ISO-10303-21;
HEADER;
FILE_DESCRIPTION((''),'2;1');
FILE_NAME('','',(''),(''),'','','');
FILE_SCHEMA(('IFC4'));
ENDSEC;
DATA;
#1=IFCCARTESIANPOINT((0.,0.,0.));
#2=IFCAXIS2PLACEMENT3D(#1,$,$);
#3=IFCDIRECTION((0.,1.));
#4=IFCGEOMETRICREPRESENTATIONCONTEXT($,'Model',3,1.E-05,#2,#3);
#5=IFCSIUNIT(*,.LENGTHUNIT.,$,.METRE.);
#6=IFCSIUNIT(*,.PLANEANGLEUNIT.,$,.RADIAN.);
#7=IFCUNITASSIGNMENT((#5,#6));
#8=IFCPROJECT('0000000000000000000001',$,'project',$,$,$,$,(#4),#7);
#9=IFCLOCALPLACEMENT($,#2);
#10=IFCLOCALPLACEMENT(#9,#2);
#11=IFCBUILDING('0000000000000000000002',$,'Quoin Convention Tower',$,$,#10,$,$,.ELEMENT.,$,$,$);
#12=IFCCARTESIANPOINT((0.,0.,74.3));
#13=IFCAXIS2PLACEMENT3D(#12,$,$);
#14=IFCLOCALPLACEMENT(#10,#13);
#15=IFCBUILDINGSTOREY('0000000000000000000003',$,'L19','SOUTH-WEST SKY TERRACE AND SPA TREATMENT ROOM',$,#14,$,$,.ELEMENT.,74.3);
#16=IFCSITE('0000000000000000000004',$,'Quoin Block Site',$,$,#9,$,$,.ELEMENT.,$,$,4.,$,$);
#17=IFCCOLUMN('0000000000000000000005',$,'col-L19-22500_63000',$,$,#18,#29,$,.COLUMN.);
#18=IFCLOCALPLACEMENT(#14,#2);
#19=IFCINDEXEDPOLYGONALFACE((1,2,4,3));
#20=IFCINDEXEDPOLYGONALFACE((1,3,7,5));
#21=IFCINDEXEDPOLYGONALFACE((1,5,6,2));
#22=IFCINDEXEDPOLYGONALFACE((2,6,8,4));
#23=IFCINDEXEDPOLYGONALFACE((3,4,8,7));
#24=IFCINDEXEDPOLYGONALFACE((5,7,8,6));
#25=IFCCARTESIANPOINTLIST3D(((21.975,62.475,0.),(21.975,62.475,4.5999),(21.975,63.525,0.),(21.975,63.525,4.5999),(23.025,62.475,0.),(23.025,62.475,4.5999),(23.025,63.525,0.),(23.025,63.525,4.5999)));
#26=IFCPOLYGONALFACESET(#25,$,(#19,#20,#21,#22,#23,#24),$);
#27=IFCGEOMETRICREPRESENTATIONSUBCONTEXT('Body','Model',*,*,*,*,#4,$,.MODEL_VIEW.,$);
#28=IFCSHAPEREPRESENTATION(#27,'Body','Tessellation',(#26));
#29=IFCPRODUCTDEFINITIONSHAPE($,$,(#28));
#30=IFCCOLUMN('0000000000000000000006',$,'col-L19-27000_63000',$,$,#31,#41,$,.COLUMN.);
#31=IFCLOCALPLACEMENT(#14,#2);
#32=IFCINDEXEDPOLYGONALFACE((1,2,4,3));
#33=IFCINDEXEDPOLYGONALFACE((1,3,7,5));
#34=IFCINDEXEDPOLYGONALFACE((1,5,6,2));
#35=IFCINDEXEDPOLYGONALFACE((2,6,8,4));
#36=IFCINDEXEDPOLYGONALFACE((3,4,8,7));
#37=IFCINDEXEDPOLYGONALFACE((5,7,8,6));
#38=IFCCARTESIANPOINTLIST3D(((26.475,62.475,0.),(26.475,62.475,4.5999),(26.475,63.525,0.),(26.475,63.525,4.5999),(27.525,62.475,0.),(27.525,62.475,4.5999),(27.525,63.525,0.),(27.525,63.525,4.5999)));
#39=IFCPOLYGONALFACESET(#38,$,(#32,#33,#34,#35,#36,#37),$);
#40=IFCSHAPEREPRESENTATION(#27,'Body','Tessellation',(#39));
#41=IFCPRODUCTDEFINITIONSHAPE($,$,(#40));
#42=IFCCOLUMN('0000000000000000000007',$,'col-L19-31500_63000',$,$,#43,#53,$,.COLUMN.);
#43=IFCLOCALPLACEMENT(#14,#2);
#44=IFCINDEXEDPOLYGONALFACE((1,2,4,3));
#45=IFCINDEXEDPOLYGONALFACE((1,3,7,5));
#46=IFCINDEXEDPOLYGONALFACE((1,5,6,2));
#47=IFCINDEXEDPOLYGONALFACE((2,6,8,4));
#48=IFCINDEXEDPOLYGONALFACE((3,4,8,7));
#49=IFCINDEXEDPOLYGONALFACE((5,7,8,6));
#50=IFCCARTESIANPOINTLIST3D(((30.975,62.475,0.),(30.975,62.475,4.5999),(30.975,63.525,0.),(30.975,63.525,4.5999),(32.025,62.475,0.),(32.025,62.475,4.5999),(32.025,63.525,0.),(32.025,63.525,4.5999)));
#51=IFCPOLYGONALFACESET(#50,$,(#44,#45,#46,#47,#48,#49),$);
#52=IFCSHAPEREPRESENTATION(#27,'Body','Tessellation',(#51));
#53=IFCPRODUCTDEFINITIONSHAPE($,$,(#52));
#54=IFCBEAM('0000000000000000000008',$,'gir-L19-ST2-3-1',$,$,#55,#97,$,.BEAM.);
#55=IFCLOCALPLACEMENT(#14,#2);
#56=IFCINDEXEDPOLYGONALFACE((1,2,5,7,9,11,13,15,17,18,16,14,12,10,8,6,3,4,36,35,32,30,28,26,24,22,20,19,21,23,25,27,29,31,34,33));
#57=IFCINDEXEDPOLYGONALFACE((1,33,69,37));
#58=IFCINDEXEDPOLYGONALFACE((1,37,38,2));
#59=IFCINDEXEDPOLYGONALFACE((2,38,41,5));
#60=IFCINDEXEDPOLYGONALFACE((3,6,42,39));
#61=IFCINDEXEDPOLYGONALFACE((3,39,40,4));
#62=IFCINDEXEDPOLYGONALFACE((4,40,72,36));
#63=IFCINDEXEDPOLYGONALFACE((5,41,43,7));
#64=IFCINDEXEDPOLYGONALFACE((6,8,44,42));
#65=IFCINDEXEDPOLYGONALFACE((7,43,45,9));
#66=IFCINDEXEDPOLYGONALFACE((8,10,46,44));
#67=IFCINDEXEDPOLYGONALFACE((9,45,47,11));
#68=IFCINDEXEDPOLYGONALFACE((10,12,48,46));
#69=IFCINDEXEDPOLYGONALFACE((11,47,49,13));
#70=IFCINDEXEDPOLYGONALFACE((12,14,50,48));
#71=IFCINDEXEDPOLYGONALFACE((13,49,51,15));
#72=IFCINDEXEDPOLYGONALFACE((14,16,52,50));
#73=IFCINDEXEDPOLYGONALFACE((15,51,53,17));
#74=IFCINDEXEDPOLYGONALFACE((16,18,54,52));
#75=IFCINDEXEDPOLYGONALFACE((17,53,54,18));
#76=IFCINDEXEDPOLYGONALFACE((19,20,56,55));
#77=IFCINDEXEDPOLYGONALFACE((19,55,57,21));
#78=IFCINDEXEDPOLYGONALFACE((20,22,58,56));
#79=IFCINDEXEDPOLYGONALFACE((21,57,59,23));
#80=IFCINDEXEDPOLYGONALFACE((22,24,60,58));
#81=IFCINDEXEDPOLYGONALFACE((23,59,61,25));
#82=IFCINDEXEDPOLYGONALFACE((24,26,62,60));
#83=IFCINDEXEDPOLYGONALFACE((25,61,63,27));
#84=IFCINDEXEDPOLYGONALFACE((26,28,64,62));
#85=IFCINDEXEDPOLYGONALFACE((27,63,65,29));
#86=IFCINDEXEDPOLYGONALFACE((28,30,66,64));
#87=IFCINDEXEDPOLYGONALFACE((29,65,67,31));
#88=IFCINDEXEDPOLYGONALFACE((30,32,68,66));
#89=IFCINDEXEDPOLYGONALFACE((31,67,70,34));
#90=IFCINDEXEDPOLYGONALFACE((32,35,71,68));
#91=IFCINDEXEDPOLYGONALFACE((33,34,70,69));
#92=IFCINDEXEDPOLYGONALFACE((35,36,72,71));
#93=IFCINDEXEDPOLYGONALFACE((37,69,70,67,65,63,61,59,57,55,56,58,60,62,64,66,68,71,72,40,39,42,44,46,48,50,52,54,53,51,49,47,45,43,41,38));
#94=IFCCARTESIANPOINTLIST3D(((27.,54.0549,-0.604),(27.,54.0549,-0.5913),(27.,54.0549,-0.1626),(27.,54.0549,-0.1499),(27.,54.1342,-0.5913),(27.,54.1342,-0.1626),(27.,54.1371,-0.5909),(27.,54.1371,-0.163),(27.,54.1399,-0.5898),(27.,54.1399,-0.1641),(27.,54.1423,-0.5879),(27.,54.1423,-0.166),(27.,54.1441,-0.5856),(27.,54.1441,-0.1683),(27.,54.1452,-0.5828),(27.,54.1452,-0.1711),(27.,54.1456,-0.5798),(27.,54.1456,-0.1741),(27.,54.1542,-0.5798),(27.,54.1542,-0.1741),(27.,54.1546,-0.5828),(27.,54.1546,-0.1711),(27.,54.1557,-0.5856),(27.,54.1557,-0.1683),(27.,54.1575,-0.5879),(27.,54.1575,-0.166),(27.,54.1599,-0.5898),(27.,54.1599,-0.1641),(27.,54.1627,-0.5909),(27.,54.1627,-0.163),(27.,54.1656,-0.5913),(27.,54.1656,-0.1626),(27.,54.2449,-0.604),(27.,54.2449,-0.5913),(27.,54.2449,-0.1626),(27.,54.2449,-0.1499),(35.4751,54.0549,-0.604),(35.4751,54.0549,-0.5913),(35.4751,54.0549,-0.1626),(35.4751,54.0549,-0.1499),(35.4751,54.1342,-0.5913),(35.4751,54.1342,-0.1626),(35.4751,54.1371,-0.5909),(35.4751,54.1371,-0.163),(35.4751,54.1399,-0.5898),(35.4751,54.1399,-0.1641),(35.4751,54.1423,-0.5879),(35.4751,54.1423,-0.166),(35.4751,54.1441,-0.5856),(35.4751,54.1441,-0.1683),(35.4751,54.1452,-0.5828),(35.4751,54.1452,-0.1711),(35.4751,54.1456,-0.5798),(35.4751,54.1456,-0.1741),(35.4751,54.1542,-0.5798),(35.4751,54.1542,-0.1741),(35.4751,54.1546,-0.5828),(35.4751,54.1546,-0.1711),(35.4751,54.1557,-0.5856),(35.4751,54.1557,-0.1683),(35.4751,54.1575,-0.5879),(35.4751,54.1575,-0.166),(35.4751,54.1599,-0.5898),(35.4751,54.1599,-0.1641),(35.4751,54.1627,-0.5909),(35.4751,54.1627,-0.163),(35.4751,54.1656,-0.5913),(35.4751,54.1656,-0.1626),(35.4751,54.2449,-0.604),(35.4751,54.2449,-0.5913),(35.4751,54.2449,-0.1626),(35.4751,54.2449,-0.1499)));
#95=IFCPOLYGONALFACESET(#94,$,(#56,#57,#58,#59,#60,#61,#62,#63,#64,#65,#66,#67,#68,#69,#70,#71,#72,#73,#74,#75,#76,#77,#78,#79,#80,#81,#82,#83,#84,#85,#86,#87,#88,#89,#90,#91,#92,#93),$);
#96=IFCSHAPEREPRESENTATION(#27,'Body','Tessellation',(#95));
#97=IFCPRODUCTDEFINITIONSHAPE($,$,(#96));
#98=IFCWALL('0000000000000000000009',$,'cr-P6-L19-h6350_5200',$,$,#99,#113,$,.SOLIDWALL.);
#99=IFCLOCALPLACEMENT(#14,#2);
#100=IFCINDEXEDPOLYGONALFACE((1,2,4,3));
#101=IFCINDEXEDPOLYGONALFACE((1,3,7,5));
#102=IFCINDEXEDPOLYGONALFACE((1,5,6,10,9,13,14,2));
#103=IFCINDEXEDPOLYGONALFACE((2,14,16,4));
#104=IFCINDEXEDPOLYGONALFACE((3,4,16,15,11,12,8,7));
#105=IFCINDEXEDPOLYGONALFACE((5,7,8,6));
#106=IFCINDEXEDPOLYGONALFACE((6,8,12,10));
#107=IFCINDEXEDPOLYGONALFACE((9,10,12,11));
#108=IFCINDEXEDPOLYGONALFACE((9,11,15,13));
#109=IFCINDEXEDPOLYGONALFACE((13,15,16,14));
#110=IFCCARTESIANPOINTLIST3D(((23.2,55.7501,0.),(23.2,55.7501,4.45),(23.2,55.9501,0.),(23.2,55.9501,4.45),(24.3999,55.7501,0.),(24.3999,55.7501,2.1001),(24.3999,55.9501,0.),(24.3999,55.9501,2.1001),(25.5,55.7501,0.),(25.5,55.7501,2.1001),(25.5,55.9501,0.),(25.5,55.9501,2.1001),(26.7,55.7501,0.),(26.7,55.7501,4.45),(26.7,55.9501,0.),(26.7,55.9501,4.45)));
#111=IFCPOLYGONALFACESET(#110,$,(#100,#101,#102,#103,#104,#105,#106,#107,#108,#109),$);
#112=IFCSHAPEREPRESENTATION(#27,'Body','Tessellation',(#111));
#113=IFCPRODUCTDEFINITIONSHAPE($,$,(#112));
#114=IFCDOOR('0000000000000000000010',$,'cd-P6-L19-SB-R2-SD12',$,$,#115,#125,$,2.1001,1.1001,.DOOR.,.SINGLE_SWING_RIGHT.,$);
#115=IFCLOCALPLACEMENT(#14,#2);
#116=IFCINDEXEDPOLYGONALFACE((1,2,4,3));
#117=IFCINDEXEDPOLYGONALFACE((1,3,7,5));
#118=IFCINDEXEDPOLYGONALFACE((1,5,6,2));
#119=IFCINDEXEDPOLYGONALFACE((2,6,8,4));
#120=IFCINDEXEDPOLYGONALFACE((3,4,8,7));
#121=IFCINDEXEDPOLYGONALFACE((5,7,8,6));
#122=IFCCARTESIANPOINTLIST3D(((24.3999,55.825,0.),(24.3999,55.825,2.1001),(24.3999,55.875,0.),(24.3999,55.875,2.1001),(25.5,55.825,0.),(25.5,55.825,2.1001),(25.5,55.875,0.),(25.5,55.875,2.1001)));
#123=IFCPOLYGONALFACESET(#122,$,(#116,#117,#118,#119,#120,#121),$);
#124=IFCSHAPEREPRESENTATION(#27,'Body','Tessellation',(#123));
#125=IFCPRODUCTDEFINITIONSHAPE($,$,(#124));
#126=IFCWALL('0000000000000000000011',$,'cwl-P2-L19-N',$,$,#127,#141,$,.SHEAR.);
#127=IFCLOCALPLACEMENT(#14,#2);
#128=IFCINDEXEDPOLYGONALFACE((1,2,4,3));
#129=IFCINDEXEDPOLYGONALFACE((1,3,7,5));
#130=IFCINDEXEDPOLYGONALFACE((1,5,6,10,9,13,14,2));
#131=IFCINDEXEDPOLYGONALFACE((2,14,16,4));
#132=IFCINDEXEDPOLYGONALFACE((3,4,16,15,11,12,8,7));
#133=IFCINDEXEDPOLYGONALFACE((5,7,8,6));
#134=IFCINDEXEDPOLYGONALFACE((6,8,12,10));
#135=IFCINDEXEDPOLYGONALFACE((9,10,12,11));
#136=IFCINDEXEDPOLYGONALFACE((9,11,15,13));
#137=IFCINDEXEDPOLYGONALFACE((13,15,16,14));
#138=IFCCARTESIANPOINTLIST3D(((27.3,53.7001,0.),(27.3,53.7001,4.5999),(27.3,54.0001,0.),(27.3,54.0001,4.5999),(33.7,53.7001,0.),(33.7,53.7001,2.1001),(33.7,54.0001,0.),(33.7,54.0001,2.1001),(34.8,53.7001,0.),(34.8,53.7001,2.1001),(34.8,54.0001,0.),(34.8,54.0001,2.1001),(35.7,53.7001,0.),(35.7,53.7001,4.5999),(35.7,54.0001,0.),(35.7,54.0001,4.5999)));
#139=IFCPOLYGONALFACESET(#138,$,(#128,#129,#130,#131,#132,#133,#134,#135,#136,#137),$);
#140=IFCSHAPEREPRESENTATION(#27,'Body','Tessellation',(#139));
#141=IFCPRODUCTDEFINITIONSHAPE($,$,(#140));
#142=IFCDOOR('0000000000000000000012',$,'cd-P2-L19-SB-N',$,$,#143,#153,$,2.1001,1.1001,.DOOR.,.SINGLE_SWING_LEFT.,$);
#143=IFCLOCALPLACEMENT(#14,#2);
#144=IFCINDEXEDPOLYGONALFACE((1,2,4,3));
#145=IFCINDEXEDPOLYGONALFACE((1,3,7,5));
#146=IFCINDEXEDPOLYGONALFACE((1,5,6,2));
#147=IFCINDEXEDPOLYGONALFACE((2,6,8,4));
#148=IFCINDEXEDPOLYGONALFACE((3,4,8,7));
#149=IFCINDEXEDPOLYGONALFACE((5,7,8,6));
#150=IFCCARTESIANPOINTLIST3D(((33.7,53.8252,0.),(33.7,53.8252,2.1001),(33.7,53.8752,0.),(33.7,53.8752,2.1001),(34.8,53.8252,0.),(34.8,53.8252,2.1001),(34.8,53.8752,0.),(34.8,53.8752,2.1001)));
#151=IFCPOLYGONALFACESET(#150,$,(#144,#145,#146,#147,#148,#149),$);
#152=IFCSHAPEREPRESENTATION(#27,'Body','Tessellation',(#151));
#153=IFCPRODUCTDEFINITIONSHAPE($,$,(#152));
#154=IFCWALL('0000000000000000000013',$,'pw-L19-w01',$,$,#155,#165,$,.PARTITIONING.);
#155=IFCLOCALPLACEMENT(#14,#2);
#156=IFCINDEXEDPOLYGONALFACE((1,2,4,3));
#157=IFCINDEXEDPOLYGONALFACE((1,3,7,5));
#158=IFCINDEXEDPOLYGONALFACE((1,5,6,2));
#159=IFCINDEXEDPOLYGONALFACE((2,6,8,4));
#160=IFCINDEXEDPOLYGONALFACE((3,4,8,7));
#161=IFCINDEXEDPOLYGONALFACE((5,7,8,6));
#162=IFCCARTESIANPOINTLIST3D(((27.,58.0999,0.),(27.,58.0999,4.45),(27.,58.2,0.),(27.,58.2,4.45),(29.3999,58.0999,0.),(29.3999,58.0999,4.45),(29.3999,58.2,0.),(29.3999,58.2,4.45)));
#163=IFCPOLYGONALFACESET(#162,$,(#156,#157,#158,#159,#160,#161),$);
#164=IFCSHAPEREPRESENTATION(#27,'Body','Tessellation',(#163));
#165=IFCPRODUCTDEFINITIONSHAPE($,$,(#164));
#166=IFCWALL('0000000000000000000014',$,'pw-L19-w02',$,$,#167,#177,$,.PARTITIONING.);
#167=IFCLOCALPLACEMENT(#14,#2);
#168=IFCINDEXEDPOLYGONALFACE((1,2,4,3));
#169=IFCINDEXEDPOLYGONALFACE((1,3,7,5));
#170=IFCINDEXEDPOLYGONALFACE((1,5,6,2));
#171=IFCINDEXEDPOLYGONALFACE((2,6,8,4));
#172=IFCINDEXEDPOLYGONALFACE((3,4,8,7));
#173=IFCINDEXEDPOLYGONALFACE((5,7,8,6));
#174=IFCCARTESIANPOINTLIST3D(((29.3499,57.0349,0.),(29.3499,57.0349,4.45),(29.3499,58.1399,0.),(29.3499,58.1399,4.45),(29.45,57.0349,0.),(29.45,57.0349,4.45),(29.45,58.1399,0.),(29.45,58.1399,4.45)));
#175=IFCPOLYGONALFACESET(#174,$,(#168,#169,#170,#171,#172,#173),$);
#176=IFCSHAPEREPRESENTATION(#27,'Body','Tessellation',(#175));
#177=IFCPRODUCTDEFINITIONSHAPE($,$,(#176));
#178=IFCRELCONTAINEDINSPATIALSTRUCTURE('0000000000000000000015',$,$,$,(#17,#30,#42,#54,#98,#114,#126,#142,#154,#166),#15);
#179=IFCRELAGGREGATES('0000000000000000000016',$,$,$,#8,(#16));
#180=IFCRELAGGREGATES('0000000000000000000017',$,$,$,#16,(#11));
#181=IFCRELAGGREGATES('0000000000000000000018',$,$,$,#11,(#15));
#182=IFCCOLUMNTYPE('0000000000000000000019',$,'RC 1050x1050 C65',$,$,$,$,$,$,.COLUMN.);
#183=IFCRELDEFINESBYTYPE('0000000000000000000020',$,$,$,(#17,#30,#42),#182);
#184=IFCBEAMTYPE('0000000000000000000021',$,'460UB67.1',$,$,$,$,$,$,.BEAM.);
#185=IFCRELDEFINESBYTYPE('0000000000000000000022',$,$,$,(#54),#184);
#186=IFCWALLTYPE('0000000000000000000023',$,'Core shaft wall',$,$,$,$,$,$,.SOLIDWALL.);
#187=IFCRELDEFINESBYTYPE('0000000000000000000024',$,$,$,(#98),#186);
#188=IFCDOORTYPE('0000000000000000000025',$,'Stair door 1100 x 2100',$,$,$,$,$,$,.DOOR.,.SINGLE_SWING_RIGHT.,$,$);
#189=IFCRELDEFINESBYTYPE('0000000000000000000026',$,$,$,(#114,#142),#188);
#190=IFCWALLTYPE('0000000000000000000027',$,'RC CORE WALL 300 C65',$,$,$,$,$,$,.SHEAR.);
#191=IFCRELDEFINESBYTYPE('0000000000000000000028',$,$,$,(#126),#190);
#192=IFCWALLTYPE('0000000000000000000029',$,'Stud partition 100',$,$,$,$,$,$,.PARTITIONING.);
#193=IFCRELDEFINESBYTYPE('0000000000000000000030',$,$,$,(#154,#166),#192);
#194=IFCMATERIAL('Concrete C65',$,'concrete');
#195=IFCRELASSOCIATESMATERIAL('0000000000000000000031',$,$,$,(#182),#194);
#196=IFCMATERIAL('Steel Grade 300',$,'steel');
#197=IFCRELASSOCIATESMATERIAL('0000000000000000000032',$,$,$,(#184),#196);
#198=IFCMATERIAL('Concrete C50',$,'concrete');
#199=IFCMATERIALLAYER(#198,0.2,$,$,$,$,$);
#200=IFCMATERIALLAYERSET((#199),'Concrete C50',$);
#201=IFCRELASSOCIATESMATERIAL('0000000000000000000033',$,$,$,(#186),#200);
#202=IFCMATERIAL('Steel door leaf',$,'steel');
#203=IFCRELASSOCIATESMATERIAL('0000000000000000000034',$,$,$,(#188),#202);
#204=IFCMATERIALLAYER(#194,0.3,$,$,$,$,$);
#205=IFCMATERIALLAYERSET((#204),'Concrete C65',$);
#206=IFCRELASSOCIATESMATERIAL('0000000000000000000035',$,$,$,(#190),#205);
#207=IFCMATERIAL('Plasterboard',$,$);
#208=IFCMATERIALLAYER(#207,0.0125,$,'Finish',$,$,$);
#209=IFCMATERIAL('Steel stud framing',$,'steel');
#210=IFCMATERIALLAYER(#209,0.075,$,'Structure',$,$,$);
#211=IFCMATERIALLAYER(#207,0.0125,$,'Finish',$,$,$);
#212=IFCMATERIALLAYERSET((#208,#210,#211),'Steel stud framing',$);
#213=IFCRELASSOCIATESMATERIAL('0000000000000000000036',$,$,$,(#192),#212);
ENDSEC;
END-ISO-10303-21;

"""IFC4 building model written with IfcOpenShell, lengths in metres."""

from ifc_helpers import new_model, si_unit, direction, frame, frame_2d, origin, origin_2d, place, context, subcontext, project, spatial, rectangle, i_section, extrude, material, layer, layer_set, material_profile, profile_set, type_object, element, fill, save


model = new_model("IFC4")

# Units and contexts
model_context = context("Model", 3, precision=1e-05, world=origin(), true_north=direction((0.0, 1.0)))
body_context = subcontext(model_context, "Body", "Model", "MODEL_VIEW")
ifc_project = project(units=[si_unit("LENGTHUNIT", "METRE"), si_unit("PLANEANGLEUNIT", "RADIAN")], contexts=[model_context])

# Site, building, storey
site_placement = place(None, origin())
site = spatial("IfcSite", under=ifc_project, at=site_placement, Name="Quoin Block Site", CompositionType="ELEMENT", RefElevation=4.0)
building_placement = place(site_placement, origin())
building = spatial("IfcBuilding", under=site, at=building_placement, Name="Quoin Convention Tower", CompositionType="ELEMENT")
storey_placement = place(building_placement, frame((0.0, 0.0, 74.3)))
storey = spatial("IfcBuildingStorey", under=building, at=storey_placement, Name="L19", Description="SOUTH-WEST SKY TERRACE AND SPA TREATMENT ROOM", CompositionType="ELEMENT", Elevation=74.3)

# Columns
ifc_material_1 = material(Name="Concrete C65", Category="concrete")
ifc_material_profile_1 = material_profile(ifc_material_1, rectangle(XDim=1.05, YDim=1.05, at=origin_2d()), Name="RC 1050x1050")
ifc_profile_set_1 = profile_set([ifc_material_profile_1], Name="Concrete C65")
column_type = type_object("IfcColumnType", Name="RC 1050x1050 C65", PredefinedType="COLUMN", material=ifc_profile_set_1)
for number, where, z_axis, x_axis, name in (
    (1, (22.5, 63.0, 0.0), (0.0, 0.0, 1.0), (1.0, 0.0, 0.0), "col-L19-22500_63000"),
    (2, (27.0, 63.0, 0.0), (0.0, 0.0, 1.0), (1.0, 0.0, 0.0), "col-L19-27000_63000"),
    (3, (31.5, 63.0, 0.0), (0.0, 0.0, 1.0), (1.0, 0.0, 0.0), "col-L19-31500_63000"),
):
    element("IfcColumn", number, at=place(storey_placement, frame(where, z_axis=z_axis, x_axis=x_axis)), inside=storey, type_object=column_type, Name=name, PredefinedType="COLUMN", context=body_context, shape_type="SweptSolid", body=[
        extrude(rectangle(XDim=1.05, YDim=1.05, at=origin_2d()), origin(), (0.0, 0.0, 1.0), 4.5999),
    ])

# Beam
ifc_material_2 = material(Name="Steel Grade 300", Category="steel")
ifc_material_profile_2 = material_profile(ifc_material_2, i_section(OverallWidth=0.1899, OverallDepth=0.4541, WebThickness=0.0085, FlangeThickness=0.0127, FilletRadius=0.0115, at=origin_2d()), Name="460UB67.1")
ifc_profile_set_2 = profile_set([ifc_material_profile_2], Name="Steel Grade 300")
beam_type = type_object("IfcBeamType", Name="460UB67.1", PredefinedType="BEAM", material=ifc_profile_set_2)
beam_placement = place(storey_placement, frame((27.0, 54.1499, -0.377), z_axis=(1.0, 0.0, 0.0), x_axis=(0.0, 1.0, 0.0)))
element("IfcBeam", 4, at=beam_placement, inside=storey, type_object=beam_type, Name="gir-L19-ST2-3-1", PredefinedType="BEAM", context=body_context, shape_type="SweptSolid", body=[
    extrude(i_section(OverallWidth=0.1899, OverallDepth=0.4541, WebThickness=0.0085, FlangeThickness=0.0127, FilletRadius=0.0115, at=origin_2d()), origin(), (0.0, 0.0, 1.0), 8.4751),
])

# Walls, openings, doors
ifc_material_3 = material(Name="Concrete C50", Category="concrete")
ifc_layer_1 = layer(ifc_material_3, 0.2)
ifc_layer_set_1 = layer_set([ifc_layer_1], Name="Concrete C50")
wall_type_1 = type_object("IfcWallType", Name="Core shaft wall", PredefinedType="SOLIDWALL", material=ifc_layer_set_1)
wall_1_placement = place(storey_placement, frame((23.2, 55.8501, 0.0), z_axis=(0.0, 0.0, 1.0), x_axis=(1.0, 0.0, 0.0)))
wall_1 = element("IfcWall", 5, at=wall_1_placement, inside=storey, type_object=wall_type_1, Name="cr-P6-L19-h6350_5200", PredefinedType="SOLIDWALL", context=body_context, shape_type="SweptSolid", body=[
    extrude(rectangle(XDim=3.5, YDim=0.2, at=frame_2d((1.75, 0.0))), origin(), (0.0, 0.0, 1.0), 4.45),
])
opening_1_placement = place(wall_1_placement, frame((1.2, 0.0, 0.0)))
opening_1 = element("IfcOpeningElement", 6, at=opening_1_placement, cuts=wall_1, PredefinedType="OPENING", context=body_context, shape_type="SweptSolid", body=[
    extrude(rectangle(XDim=1.1001, YDim=2.1001, at=frame_2d((0.55, 1.05))), frame((0.0, 0.1099, 0.0), z_axis=(0.0, -1.0, 0.0), x_axis=(1.0, 0.0, 0.0)), (0.0, 0.0, 1.0), 0.22),
])
ifc_material_4 = material(Name="Steel door leaf", Category="steel")
door_type_1 = type_object("IfcDoorType", Name="Stair door 1100 x 2100", OperationType="SINGLE_SWING_RIGHT", PredefinedType="DOOR", material=ifc_material_4)
door_1_placement = place(opening_1_placement, origin())
door_1 = element("IfcDoor", 7, at=door_1_placement, inside=storey, type_object=door_type_1, Name="cd-P6-L19-SB-R2-SD12", OperationType="SINGLE_SWING_RIGHT", OverallHeight=2.1001, OverallWidth=1.1001, PredefinedType="DOOR", context=body_context, shape_type="SweptSolid", body=[
    extrude(rectangle(XDim=1.1001, YDim=2.1001, at=frame_2d((0.55, 1.05))), frame((0.0, 0.0249, 0.0), z_axis=(0.0, -1.0, 0.0), x_axis=(1.0, 0.0, 0.0)), (0.0, 0.0, 1.0), 0.05),
])
fill(opening_1, door_1)
ifc_layer_2 = layer(ifc_material_1, 0.3)
ifc_layer_set_2 = layer_set([ifc_layer_2], Name="Concrete C65")
wall_type_2 = type_object("IfcWallType", Name="RC CORE WALL 300 C65", PredefinedType="SHEAR", material=ifc_layer_set_2)
wall_2_placement = place(storey_placement, frame((27.3, 53.8501, 0.0), z_axis=(0.0, 0.0, 1.0), x_axis=(1.0, 0.0, 0.0)))
wall_2 = element("IfcWall", 8, at=wall_2_placement, inside=storey, type_object=wall_type_2, Name="cwl-P2-L19-N", PredefinedType="SHEAR", context=body_context, shape_type="SweptSolid", body=[
    extrude(rectangle(XDim=8.3999, YDim=0.3, at=frame_2d((4.2, 0.0))), origin(), (0.0, 0.0, 1.0), 4.5999),
])
opening_2_placement = place(wall_2_placement, frame((6.3999, 0.0, 0.0)))
opening_2 = element("IfcOpeningElement", 9, at=opening_2_placement, cuts=wall_2, PredefinedType="OPENING", context=body_context, shape_type="SweptSolid", body=[
    extrude(rectangle(XDim=1.1001, YDim=2.1001, at=frame_2d((0.55, 1.05))), frame((0.0, 0.1599, 0.0), z_axis=(0.0, -1.0, 0.0), x_axis=(1.0, 0.0, 0.0)), (0.0, 0.0, 1.0), 0.3201),
])
door_2_placement = place(opening_2_placement, frame((1.1001, 0.0, 0.0), z_axis=(0.0, 0.0, 1.0), x_axis=(-1.0, 0.0, 0.0)))
door_2 = element("IfcDoor", 10, at=door_2_placement, inside=storey, type_object=door_type_1, Name="cd-P2-L19-SB-N", OperationType="SINGLE_SWING_LEFT", OverallHeight=2.1001, OverallWidth=1.1001, PredefinedType="DOOR", context=body_context, shape_type="SweptSolid", body=[
    extrude(rectangle(XDim=1.1001, YDim=2.1001, at=frame_2d((0.55, 1.05))), frame((0.0, 0.0249, 0.0), z_axis=(0.0, -1.0, 0.0), x_axis=(1.0, 0.0, 0.0)), (0.0, 0.0, 1.0), 0.05),
])
fill(opening_2, door_2)

# Walls
ifc_material_5 = material(Name="Plasterboard")
ifc_layer_3 = layer(ifc_material_5, 0.0125, Name="Finish")
ifc_material_6 = material(Name="Steel stud framing", Category="steel")
ifc_layer_4 = layer(ifc_material_6, 0.075, Name="Structure")
ifc_layer_5 = layer(ifc_material_5, 0.0125, Name="Finish")
ifc_layer_set_3 = layer_set([ifc_layer_3, ifc_layer_4, ifc_layer_5], Name="Steel stud framing")
wall_type_3 = type_object("IfcWallType", Name="Stud partition 100", PredefinedType="PARTITIONING", material=ifc_layer_set_3)
wall_3_placement = place(storey_placement, frame((27.0, 58.1499, 0.0), z_axis=(0.0, 0.0, 1.0), x_axis=(1.0, 0.0, 0.0)))
element("IfcWall", 11, at=wall_3_placement, inside=storey, type_object=wall_type_3, Name="pw-L19-w01", PredefinedType="PARTITIONING", context=body_context, shape_type="SweptSolid", body=[
    extrude(rectangle(XDim=2.3999, YDim=0.1001, at=frame_2d((1.2, 0.0))), origin(), (0.0, 0.0, 1.0), 4.45),
])
wall_4_placement = place(storey_placement, frame((29.3999, 58.1399, 0.0), z_axis=(0.0, 0.0, 1.0), x_axis=(0.0, -1.0, 0.0)))
element("IfcWall", 12, at=wall_4_placement, inside=storey, type_object=wall_type_3, Name="pw-L19-w02", PredefinedType="PARTITIONING", context=body_context, shape_type="SweptSolid", body=[
    extrude(rectangle(XDim=1.105, YDim=0.1001, at=frame_2d((0.5525, 0.0))), origin(), (0.0, 0.0, 1.0), 4.45),
])

save(model, "model.ifc")
